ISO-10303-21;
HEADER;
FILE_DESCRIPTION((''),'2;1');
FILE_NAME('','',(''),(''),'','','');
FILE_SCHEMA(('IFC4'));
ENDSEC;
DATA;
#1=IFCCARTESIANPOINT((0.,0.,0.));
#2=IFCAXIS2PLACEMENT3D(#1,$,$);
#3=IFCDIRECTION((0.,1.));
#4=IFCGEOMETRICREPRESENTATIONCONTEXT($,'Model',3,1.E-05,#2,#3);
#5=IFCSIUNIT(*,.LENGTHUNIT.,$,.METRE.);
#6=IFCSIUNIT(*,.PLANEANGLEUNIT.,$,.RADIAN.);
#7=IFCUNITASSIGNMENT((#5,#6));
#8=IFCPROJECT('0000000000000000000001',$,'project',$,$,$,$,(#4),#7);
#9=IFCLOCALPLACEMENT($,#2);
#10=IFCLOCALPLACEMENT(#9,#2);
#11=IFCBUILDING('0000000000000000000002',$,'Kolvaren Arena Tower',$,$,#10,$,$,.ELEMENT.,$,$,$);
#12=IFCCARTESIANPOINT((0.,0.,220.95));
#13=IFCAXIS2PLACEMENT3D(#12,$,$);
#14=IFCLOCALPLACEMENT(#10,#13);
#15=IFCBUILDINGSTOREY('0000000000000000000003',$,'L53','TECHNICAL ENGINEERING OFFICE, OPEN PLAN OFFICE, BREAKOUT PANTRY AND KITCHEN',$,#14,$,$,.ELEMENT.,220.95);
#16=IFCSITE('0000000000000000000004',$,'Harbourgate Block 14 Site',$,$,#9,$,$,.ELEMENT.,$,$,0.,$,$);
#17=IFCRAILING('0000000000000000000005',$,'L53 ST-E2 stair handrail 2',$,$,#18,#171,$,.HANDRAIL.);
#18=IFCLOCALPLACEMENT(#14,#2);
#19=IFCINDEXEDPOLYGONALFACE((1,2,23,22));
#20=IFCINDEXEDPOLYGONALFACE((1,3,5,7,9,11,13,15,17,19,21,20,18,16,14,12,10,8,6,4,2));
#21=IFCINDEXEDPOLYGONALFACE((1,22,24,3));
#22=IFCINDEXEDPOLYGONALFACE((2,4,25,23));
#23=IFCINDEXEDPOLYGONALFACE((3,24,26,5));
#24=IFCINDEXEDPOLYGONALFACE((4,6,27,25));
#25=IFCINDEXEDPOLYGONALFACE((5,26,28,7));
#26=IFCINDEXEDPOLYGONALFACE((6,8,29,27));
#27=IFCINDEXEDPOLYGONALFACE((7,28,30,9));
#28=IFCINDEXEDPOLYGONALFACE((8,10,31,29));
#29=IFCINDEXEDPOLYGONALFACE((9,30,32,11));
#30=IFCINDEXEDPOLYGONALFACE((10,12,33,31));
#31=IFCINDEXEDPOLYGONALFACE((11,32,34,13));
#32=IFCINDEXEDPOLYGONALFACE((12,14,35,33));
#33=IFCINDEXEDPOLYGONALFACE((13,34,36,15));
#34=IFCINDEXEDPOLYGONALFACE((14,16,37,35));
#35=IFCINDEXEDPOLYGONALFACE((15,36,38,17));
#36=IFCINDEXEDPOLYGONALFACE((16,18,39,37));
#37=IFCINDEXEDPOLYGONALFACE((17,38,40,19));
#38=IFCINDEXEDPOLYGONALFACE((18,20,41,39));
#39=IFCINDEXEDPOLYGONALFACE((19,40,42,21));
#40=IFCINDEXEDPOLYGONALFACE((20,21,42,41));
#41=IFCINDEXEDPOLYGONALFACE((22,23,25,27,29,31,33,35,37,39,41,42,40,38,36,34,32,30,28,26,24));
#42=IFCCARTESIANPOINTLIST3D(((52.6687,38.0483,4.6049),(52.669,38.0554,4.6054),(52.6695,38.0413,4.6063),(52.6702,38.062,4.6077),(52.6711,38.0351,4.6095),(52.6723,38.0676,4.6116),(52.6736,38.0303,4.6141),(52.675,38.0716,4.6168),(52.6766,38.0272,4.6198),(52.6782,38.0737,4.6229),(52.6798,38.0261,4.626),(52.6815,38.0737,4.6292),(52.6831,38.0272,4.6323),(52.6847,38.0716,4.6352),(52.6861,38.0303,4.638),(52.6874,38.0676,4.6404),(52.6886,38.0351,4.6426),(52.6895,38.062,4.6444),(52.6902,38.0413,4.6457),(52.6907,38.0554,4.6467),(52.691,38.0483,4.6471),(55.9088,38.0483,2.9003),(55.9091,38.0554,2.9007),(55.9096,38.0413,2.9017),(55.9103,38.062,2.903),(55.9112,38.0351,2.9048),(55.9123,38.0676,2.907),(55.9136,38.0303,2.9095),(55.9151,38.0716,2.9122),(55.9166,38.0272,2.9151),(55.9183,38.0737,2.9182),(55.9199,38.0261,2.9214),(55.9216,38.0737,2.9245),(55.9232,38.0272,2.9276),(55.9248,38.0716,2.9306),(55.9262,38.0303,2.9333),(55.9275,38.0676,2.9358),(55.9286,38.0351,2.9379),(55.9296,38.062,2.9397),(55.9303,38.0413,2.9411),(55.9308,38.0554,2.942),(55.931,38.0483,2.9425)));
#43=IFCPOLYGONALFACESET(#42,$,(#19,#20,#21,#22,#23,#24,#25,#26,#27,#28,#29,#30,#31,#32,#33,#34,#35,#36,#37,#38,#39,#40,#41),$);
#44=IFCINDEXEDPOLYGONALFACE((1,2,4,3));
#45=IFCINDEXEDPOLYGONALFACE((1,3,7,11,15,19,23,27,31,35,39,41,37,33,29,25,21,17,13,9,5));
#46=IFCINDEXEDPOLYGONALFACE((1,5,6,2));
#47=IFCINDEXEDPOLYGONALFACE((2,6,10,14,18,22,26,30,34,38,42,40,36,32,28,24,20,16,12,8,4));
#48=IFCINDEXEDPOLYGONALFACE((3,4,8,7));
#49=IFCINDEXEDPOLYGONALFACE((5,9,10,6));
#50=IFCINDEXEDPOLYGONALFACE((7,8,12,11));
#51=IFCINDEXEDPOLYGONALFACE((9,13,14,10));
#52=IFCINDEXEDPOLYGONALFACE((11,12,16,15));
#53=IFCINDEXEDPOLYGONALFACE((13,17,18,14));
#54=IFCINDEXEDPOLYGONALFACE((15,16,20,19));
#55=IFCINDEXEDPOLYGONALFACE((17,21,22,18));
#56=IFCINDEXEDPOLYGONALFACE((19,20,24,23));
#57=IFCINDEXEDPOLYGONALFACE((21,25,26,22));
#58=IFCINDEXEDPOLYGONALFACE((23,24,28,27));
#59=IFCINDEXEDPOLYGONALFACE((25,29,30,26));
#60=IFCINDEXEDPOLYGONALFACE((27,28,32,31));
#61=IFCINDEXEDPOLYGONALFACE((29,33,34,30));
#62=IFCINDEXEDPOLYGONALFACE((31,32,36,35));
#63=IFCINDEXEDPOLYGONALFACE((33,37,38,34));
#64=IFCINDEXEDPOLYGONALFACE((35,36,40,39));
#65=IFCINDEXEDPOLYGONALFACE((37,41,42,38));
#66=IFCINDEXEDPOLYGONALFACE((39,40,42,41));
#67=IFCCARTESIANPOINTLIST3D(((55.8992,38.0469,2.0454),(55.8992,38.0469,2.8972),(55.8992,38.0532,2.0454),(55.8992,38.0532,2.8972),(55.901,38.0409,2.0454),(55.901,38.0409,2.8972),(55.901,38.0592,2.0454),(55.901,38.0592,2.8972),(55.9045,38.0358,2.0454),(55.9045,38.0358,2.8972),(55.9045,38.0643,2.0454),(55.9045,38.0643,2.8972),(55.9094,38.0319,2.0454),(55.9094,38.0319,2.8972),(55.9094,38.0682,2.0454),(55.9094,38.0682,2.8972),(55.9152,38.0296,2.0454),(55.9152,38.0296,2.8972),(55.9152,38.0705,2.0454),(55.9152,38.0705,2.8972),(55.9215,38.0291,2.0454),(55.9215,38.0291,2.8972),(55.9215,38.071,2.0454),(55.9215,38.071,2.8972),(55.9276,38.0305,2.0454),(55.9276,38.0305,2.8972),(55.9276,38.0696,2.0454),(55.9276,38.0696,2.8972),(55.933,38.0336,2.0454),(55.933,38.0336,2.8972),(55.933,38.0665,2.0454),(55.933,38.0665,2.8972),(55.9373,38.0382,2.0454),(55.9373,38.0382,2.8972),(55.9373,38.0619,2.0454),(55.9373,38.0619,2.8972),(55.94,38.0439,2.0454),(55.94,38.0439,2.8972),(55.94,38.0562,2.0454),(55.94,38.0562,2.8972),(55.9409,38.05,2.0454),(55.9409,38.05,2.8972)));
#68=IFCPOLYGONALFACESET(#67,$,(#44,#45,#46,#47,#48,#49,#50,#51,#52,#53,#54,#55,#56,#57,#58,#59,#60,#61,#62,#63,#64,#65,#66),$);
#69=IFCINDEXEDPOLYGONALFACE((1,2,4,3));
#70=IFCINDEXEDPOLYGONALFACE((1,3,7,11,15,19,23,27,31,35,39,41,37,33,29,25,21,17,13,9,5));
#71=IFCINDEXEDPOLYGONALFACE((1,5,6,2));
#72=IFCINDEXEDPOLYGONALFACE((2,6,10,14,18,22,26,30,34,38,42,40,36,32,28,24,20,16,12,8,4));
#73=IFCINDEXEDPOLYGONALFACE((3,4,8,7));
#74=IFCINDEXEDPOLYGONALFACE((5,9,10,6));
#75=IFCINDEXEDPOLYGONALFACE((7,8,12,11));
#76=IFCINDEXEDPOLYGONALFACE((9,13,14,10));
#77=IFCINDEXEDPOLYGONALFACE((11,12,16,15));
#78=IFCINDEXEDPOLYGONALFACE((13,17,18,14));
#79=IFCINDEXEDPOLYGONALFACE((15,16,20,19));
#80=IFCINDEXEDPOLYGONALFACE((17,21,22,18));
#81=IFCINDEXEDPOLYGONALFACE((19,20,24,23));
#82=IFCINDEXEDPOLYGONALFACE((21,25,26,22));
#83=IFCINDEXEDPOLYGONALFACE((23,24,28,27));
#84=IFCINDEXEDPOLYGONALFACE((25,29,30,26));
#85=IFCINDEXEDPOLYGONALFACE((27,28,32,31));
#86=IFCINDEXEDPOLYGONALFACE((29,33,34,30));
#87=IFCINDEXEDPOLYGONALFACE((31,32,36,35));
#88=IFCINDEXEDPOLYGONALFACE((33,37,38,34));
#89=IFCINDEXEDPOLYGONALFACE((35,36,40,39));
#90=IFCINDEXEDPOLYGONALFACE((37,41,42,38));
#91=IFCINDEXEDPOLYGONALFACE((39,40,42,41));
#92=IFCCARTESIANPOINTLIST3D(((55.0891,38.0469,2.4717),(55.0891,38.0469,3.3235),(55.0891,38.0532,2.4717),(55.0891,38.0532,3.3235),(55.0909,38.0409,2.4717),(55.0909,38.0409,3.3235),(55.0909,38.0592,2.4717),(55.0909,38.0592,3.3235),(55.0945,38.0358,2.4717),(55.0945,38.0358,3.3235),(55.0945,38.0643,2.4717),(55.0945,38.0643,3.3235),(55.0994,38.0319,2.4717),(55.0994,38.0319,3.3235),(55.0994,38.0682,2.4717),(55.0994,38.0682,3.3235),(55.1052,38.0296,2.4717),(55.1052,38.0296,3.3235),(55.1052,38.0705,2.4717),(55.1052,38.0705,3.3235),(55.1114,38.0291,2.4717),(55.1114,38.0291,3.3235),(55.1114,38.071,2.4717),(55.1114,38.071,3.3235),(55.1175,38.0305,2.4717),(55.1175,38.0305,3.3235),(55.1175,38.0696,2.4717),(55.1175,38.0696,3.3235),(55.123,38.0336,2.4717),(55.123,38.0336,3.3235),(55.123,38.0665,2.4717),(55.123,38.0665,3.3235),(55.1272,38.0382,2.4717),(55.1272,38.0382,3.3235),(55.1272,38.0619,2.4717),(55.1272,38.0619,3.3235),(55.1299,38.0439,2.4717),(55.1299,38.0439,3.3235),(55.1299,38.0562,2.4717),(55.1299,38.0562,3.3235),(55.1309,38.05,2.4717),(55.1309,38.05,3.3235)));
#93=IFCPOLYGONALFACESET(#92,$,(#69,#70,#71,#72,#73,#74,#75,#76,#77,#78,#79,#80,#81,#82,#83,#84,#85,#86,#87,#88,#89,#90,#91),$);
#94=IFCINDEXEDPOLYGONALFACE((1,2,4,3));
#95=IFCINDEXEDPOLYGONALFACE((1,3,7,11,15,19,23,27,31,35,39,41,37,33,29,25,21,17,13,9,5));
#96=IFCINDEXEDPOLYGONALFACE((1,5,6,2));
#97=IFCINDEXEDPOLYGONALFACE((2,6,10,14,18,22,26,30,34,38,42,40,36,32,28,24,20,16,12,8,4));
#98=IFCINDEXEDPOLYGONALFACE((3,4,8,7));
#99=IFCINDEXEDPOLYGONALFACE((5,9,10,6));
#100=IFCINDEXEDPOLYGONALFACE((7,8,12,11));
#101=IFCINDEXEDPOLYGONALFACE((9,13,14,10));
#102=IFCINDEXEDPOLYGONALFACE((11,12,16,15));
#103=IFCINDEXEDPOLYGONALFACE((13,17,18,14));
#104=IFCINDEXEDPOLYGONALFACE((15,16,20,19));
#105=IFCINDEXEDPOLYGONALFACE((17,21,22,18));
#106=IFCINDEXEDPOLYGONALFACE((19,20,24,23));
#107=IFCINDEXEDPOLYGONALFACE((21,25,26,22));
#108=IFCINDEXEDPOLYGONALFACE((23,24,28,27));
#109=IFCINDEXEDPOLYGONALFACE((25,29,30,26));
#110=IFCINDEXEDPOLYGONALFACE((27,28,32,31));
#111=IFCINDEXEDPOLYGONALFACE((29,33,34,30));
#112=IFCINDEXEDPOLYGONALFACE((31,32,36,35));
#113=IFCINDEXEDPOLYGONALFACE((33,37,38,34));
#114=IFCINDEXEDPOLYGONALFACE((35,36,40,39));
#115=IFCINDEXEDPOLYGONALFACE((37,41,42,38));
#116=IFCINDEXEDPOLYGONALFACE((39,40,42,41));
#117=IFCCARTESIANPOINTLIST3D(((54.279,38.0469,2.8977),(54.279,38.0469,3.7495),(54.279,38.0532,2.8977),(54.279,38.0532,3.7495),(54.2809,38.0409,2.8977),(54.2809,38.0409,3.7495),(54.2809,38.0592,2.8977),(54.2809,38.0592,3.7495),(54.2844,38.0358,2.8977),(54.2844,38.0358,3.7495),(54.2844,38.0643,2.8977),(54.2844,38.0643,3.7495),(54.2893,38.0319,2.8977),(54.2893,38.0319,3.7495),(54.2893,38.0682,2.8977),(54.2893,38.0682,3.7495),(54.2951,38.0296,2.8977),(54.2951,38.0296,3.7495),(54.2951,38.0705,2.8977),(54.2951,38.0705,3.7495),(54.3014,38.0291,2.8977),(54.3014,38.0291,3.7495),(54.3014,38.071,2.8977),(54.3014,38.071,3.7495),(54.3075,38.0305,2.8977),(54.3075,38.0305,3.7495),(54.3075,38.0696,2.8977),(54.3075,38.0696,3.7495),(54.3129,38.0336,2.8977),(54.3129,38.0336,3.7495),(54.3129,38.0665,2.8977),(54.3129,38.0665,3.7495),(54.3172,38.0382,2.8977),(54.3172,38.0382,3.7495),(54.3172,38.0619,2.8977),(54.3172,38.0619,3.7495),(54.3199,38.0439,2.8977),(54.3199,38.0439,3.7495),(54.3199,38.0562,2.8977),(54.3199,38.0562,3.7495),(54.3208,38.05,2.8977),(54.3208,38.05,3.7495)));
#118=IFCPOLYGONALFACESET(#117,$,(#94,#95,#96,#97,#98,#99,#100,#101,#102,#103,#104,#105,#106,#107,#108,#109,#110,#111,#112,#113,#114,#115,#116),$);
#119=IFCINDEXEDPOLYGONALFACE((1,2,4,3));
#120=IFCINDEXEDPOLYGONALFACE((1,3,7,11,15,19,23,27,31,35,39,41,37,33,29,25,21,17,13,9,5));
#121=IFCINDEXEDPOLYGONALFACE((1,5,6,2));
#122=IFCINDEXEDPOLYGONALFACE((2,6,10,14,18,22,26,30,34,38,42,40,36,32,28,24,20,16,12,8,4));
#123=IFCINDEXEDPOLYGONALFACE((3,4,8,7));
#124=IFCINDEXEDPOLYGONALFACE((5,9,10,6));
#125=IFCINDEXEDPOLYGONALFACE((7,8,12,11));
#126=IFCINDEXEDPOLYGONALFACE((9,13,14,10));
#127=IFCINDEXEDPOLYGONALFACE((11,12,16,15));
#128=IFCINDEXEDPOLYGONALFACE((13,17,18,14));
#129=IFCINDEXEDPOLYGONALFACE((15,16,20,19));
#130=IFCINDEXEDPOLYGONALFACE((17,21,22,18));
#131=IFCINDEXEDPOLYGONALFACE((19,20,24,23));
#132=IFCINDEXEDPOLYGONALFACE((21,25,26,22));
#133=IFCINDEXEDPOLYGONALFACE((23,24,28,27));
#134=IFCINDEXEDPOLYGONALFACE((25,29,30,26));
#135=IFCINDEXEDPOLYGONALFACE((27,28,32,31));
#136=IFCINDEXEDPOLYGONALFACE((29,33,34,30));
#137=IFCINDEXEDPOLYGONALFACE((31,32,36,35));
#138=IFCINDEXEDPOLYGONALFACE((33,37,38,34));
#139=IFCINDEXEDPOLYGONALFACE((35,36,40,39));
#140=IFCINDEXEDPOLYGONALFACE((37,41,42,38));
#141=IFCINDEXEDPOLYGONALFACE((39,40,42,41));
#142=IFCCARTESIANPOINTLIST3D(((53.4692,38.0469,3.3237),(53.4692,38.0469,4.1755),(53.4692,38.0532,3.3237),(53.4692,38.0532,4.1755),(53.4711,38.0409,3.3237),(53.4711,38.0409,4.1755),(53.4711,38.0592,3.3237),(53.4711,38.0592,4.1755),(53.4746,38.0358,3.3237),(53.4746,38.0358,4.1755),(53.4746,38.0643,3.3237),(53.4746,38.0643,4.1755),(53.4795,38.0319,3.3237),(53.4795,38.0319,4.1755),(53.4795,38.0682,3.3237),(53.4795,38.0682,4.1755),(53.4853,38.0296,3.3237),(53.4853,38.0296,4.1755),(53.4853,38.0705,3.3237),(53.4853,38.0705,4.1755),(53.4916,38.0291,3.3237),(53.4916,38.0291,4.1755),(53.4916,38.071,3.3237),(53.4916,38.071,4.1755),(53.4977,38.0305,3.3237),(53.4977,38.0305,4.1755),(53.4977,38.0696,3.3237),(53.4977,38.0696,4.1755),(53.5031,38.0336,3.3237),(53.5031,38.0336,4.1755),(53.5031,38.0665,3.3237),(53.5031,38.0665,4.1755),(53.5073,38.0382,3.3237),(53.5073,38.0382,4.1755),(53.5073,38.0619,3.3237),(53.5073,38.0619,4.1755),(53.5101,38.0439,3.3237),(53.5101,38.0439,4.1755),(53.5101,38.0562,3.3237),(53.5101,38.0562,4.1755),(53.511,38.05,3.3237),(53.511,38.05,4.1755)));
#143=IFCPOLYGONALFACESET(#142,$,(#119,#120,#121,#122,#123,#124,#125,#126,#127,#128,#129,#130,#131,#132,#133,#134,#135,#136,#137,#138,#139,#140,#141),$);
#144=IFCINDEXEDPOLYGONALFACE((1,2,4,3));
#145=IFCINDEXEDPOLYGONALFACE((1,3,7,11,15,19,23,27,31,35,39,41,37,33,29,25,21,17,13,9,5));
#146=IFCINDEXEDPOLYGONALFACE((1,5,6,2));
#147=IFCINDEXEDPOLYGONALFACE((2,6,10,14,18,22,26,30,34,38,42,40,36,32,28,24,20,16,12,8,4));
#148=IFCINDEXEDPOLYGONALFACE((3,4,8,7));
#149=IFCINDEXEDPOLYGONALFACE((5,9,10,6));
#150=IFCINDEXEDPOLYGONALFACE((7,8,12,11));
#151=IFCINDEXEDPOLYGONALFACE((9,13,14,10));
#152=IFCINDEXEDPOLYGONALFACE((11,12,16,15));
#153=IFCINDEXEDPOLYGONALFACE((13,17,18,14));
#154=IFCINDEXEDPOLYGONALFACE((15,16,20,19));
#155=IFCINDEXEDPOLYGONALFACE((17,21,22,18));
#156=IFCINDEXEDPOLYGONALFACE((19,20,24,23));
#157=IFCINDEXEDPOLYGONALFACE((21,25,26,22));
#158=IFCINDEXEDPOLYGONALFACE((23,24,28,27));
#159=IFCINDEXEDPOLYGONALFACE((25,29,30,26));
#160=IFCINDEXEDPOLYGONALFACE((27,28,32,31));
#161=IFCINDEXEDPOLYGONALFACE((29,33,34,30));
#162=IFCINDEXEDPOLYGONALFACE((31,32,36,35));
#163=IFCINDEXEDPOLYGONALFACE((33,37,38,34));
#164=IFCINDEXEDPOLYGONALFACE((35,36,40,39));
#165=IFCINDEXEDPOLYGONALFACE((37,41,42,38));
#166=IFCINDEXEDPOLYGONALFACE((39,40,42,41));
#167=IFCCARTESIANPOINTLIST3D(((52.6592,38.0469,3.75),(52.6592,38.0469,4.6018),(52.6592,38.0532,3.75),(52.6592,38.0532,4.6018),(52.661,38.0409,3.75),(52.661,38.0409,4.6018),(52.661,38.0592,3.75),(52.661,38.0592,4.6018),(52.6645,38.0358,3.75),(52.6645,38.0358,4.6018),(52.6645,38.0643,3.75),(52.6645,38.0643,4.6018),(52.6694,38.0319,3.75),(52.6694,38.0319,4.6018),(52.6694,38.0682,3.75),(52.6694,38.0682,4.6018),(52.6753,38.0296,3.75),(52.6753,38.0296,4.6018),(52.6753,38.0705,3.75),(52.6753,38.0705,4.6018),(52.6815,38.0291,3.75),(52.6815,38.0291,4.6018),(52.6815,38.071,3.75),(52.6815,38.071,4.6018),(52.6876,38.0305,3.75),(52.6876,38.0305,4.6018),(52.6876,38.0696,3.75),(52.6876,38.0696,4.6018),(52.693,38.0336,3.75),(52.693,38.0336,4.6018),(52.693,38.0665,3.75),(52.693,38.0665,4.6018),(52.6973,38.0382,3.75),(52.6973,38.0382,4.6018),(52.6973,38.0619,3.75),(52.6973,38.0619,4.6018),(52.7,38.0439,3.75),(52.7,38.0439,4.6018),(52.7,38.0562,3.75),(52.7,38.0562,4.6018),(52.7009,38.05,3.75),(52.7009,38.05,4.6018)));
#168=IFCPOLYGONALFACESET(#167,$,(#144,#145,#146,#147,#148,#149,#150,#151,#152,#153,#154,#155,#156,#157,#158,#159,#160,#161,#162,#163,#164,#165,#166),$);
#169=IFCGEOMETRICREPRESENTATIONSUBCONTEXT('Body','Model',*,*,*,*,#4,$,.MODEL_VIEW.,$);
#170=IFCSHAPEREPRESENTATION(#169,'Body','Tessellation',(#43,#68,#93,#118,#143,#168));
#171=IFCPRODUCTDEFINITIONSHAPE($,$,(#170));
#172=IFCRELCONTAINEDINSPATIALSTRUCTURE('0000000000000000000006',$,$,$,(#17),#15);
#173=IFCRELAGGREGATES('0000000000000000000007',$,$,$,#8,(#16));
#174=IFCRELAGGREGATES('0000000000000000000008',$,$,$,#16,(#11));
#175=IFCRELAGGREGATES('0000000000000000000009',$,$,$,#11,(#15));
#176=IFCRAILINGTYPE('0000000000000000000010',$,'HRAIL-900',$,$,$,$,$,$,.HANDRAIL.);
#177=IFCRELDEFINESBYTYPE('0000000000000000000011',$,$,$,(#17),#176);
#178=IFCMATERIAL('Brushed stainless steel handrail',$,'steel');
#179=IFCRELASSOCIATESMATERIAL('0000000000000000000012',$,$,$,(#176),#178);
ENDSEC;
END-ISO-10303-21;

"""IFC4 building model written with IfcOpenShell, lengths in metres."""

from ifc_helpers import new_model, si_unit, direction, frame, origin, origin_2d, place, context, subcontext, project, spatial, circle, extrude, material, type_object, element, save


model = new_model("IFC4")

# Units and contexts
model_context = context("Model", 3, precision=1e-05, world=origin(), true_north=direction((0.0, 1.0)))
body_context = subcontext(model_context, "Body", "Model", "MODEL_VIEW")
ifc_project = project(units=[si_unit("LENGTHUNIT", "METRE"), si_unit("PLANEANGLEUNIT", "RADIAN")], contexts=[model_context])

# Site, building, storey
site_placement = place(None, origin())
site = spatial("IfcSite", under=ifc_project, at=site_placement, Name="Harbourgate Block 14 Site", CompositionType="ELEMENT", RefElevation=0.0)
building_placement = place(site_placement, origin())
building = spatial("IfcBuilding", under=site, at=building_placement, Name="Kolvaren Arena Tower", CompositionType="ELEMENT")
storey_placement = place(building_placement, frame((0.0, 0.0, 220.95)))
storey = spatial("IfcBuildingStorey", under=building, at=storey_placement, Name="L53", Description="TECHNICAL ENGINEERING OFFICE, OPEN PLAN OFFICE, BREAKOUT PANTRY AND KITCHEN", CompositionType="ELEMENT", Elevation=220.95)

# Railing
ifc_material_1 = material(Name="Brushed stainless steel handrail", Category="steel")
railing_type_1 = type_object("IfcRailingType", Name="HRAIL-900", PredefinedType="HANDRAIL", material=ifc_material_1)
for number, where, name in (
    (1, (55.9199, 38.05, 2.0454), "L53 ST-E2 stair handrail 2"),
):
    element("IfcRailing", number, at=place(storey_placement, frame(where)), inside=storey, type_object=railing_type_1, Name=name, PredefinedType="HANDRAIL", context=body_context, shape_type="SweptSolid", body=[
        extrude(circle(Radius=0.0239, at=origin_2d()), frame((0.0, 0.0, 0.876), z_axis=(-0.884993, 0.0, 0.465604), x_axis=(0.0, -1.0, 0.0)), (0.0, 0.0, 1.0), 3.6611),
        extrude(circle(Radius=0.021, at=origin_2d()), origin(), (0.0, 0.0, 1.0), 0.8518),
        extrude(circle(Radius=0.021, at=origin_2d()), frame((-0.8101, 0.0, 0.4263)), (0.0, 0.0, 1.0), 0.8518),
        extrude(circle(Radius=0.021, at=origin_2d()), frame((-1.6201, 0.0, 0.8523)), (0.0, 0.0, 1.0), 0.8518),
        extrude(circle(Radius=0.021, at=origin_2d()), frame((-2.4299, 0.0, 1.2783)), (0.0, 0.0, 1.0), 0.8518),
        extrude(circle(Radius=0.021, at=origin_2d()), frame((-3.24, 0.0, 1.7046)), (0.0, 0.0, 1.0), 0.8518),
    ])

save(model, "model.ifc")
